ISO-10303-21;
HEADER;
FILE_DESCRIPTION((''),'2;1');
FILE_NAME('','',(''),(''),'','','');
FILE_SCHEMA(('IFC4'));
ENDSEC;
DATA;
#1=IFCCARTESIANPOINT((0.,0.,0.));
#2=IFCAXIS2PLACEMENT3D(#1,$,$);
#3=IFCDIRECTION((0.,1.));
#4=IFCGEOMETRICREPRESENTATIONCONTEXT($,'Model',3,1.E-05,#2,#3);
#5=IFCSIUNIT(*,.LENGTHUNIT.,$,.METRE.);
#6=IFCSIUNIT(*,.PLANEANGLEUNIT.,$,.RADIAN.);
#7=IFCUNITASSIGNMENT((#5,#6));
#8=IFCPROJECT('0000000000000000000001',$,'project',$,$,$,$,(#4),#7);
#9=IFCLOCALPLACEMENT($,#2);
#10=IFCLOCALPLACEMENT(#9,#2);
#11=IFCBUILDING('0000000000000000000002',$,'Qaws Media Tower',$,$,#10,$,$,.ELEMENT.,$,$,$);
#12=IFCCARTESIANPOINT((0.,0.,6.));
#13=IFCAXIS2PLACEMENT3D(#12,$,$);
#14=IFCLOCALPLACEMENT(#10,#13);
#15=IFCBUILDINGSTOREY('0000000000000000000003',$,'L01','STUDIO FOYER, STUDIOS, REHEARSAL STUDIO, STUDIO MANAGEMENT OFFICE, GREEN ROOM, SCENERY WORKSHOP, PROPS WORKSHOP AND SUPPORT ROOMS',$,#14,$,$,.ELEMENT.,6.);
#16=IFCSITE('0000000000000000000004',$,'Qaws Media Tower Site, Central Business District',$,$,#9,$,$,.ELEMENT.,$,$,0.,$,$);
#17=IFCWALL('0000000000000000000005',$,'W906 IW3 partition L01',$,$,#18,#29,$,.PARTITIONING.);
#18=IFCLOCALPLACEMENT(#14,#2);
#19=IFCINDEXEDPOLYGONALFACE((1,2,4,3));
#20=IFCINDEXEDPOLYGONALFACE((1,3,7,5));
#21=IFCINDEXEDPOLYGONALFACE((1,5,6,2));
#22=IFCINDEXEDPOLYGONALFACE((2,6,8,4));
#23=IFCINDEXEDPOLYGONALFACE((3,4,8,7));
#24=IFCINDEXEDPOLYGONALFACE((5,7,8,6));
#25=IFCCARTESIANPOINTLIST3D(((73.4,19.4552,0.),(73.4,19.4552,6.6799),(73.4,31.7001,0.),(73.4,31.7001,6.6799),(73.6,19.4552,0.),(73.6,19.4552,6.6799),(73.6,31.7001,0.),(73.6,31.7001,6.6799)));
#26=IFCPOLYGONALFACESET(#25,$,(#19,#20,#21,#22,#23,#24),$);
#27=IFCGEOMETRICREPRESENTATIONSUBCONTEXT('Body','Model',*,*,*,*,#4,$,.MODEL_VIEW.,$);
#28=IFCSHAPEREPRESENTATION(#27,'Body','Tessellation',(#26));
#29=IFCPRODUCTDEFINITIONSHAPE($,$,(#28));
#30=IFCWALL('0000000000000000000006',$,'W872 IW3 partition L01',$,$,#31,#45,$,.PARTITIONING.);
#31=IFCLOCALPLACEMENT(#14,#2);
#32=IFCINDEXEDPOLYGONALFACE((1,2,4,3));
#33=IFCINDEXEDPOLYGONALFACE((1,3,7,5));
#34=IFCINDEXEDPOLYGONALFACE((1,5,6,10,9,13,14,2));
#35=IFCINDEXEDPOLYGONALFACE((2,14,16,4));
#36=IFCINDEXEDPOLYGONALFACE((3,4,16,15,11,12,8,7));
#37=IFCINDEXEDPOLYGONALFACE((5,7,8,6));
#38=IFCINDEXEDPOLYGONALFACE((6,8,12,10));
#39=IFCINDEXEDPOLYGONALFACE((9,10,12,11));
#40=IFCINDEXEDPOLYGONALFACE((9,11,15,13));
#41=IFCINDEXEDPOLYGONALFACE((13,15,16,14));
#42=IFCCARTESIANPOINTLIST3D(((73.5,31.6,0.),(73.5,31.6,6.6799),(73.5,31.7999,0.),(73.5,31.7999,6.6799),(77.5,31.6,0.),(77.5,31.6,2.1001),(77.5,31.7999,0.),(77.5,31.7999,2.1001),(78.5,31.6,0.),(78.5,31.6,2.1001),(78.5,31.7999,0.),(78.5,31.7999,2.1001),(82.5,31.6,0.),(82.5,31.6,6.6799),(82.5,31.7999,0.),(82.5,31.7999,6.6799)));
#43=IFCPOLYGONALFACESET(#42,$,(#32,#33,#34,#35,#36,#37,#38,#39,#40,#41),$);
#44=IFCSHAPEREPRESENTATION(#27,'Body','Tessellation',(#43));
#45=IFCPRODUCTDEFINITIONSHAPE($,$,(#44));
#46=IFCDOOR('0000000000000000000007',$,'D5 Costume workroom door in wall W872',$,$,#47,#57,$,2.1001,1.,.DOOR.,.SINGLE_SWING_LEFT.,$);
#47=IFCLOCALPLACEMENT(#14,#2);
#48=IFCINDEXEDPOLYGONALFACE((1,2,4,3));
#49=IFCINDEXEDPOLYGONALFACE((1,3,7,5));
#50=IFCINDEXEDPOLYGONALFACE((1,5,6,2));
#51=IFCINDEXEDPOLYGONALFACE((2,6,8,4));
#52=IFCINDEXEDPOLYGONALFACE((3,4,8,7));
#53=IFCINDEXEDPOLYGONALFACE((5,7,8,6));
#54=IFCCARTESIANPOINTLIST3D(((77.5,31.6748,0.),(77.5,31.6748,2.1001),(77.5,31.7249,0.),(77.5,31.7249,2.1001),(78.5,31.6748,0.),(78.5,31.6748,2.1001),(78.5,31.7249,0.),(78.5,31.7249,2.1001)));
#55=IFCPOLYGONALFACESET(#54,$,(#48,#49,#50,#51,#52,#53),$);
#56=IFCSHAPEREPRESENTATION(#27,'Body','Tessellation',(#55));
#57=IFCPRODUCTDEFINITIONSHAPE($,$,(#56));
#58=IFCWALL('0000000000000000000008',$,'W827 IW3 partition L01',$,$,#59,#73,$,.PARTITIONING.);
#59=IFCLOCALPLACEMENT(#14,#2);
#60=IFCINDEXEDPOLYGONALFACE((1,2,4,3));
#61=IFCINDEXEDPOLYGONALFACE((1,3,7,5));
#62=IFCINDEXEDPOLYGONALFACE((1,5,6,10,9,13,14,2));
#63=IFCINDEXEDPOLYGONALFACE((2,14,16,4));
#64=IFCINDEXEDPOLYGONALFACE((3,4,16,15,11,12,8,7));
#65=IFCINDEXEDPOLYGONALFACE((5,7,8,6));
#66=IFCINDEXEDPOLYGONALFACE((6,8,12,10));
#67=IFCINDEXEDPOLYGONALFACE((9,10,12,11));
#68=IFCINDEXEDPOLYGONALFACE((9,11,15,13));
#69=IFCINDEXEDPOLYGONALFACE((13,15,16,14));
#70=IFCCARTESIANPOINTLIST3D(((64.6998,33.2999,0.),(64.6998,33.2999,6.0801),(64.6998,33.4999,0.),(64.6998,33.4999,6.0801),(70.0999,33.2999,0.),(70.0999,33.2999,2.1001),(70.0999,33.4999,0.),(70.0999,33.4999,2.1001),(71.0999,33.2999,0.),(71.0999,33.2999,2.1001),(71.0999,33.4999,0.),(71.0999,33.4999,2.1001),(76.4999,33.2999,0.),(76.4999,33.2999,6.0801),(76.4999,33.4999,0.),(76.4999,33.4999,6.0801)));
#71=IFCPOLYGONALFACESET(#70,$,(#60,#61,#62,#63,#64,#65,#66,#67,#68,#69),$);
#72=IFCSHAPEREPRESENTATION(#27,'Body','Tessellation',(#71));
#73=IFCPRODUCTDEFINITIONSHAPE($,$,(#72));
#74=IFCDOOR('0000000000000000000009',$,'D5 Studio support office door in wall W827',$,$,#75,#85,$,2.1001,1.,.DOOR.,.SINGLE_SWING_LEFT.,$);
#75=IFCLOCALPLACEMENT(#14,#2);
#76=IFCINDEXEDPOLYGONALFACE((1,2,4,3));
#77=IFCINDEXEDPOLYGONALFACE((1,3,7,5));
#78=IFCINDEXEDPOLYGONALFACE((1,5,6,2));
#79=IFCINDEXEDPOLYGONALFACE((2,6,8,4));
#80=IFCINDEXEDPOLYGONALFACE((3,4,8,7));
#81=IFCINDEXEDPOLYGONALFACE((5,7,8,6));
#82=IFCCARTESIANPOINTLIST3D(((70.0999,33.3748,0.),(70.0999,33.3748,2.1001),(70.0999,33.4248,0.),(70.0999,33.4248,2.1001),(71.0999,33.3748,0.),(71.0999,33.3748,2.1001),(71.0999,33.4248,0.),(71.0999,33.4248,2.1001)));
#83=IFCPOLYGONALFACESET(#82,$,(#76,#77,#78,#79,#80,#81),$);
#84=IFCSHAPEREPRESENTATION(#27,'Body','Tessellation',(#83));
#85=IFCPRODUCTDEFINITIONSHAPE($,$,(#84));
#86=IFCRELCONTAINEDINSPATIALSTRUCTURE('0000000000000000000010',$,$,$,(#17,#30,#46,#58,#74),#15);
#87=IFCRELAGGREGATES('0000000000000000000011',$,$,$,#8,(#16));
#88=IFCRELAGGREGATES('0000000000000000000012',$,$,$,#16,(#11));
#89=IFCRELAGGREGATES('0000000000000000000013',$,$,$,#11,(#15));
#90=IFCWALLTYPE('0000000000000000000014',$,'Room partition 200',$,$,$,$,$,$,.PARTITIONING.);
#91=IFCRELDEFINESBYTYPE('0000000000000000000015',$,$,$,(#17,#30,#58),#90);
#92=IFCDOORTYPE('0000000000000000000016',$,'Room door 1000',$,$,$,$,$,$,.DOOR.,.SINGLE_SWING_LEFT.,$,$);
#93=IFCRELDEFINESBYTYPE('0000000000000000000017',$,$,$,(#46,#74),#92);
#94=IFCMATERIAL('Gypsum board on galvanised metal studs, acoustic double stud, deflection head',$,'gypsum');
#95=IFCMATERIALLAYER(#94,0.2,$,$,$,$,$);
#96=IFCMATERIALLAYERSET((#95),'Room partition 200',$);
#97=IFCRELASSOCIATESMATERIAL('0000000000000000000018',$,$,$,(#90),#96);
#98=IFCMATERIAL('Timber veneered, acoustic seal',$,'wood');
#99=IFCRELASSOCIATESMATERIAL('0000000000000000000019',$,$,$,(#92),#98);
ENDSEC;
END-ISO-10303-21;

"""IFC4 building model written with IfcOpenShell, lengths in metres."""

from ifc_helpers import new_model, si_unit, direction, frame, frame_2d, origin, place, context, subcontext, project, spatial, rectangle, extrude, material, layer, layer_set, type_object, element, fill, save


model = new_model("IFC4")

# Units and contexts
model_context = context("Model", 3, precision=1e-05, world=origin(), true_north=direction((0.0, 1.0)))
body_context = subcontext(model_context, "Body", "Model", "MODEL_VIEW")
ifc_project = project(units=[si_unit("LENGTHUNIT", "METRE"), si_unit("PLANEANGLEUNIT", "RADIAN")], contexts=[model_context])

# Site, building, storey
site_placement = place(None, origin())
site = spatial("IfcSite", under=ifc_project, at=site_placement, Name="Qaws Media Tower Site, Central Business District", CompositionType="ELEMENT", RefElevation=0.0)
building_placement = place(site_placement, origin())
building = spatial("IfcBuilding", under=site, at=building_placement, Name="Qaws Media Tower", CompositionType="ELEMENT")
storey_placement = place(building_placement, frame((0.0, 0.0, 6.0)))
storey = spatial("IfcBuildingStorey", under=building, at=storey_placement, Name="L01", Description="STUDIO FOYER, STUDIOS, REHEARSAL STUDIO, STUDIO MANAGEMENT OFFICE, GREEN ROOM, SCENERY WORKSHOP, PROPS WORKSHOP AND SUPPORT ROOMS", CompositionType="ELEMENT", Elevation=6.0)

# Wall
ifc_material_1 = material(Name="Gypsum board on galvanised metal studs, acoustic double stud, deflection head", Category="gypsum")
ifc_layer = layer(ifc_material_1, 0.2)
ifc_layer_set = layer_set([ifc_layer], Name="Room partition 200")
wall_type = type_object("IfcWallType", Name="Room partition 200", PredefinedType="PARTITIONING", material=ifc_layer_set)
wall_1_placement = place(storey_placement, frame((73.5, 19.4551, 0.0), z_axis=(0.0, 0.0, 1.0), x_axis=(0.0, 1.0, 0.0)))
element("IfcWall", 1, at=wall_1_placement, inside=storey, type_object=wall_type, Name="W906 IW3 partition L01", PredefinedType="PARTITIONING", context=body_context, shape_type="SweptSolid", body=[
    extrude(rectangle(XDim=12.2449, YDim=0.2, at=frame_2d((6.1226, 0.0))), origin(), (0.0, 0.0, 1.0), 6.6799),
])

# Walls, openings, doors
wall_2_placement = place(storey_placement, frame((73.5, 31.7, 0.0), z_axis=(0.0, 0.0, 1.0), x_axis=(1.0, 0.0, 0.0)))
wall_2 = element("IfcWall", 2, at=wall_2_placement, inside=storey, type_object=wall_type, Name="W872 IW3 partition L01", PredefinedType="PARTITIONING", context=body_context, shape_type="SweptSolid", body=[
    extrude(rectangle(XDim=9.0, YDim=0.2, at=frame_2d((4.5, 0.0))), origin(), (0.0, 0.0, 1.0), 6.6799),
])
opening_1_placement = place(wall_2_placement, frame((4.0, 0.0, 0.0)))
opening_1 = element("IfcOpeningElement", 3, at=opening_1_placement, cuts=wall_2, PredefinedType="OPENING", context=body_context, shape_type="SweptSolid", body=[
    extrude(rectangle(XDim=1.0, YDim=2.1001, at=frame_2d((0.5, 1.05))), frame((0.0, 0.1099, 0.0), z_axis=(0.0, -1.0, 0.0), x_axis=(1.0, 0.0, 0.0)), (0.0, 0.0, 1.0), 0.22),
])
ifc_material_2 = material(Name="Timber veneered, acoustic seal", Category="wood")
door_type = type_object("IfcDoorType", Name="Room door 1000", OperationType="SINGLE_SWING_LEFT", PredefinedType="DOOR", material=ifc_material_2)
door_1_placement = place(opening_1_placement, origin())
door_1 = element("IfcDoor", 4, at=door_1_placement, inside=storey, type_object=door_type, Name="D5 Costume workroom door in wall W872", OperationType="SINGLE_SWING_LEFT", OverallHeight=2.1001, OverallWidth=1.0, PredefinedType="DOOR", context=body_context, shape_type="SweptSolid", body=[
    extrude(rectangle(XDim=1.0, YDim=2.1001, at=frame_2d((0.5, 1.05))), frame((0.0, 0.0249, 0.0), z_axis=(0.0, -1.0, 0.0), x_axis=(1.0, 0.0, 0.0)), (0.0, 0.0, 1.0), 0.05),
])
fill(opening_1, door_1)
wall_3_placement = place(storey_placement, frame((64.7, 33.3999, 0.0), z_axis=(0.0, 0.0, 1.0), x_axis=(1.0, 0.0, 0.0)))
wall_3 = element("IfcWall", 5, at=wall_3_placement, inside=storey, type_object=wall_type, Name="W827 IW3 partition L01", PredefinedType="PARTITIONING", context=body_context, shape_type="SweptSolid", body=[
    extrude(rectangle(XDim=11.8, YDim=0.2, at=frame_2d((5.8999, 0.0))), origin(), (0.0, 0.0, 1.0), 6.0801),
])
opening_2_placement = place(wall_3_placement, frame((5.3999, 0.0, 0.0)))
opening_2 = element("IfcOpeningElement", 6, at=opening_2_placement, cuts=wall_3, PredefinedType="OPENING", context=body_context, shape_type="SweptSolid", body=[
    extrude(rectangle(XDim=1.0, YDim=2.1001, at=frame_2d((0.5, 1.05))), frame((0.0, 0.1099, 0.0), z_axis=(0.0, -1.0, 0.0), x_axis=(1.0, 0.0, 0.0)), (0.0, 0.0, 1.0), 0.22),
])
door_2_placement = place(opening_2_placement, origin())
door_2 = element("IfcDoor", 7, at=door_2_placement, inside=storey, type_object=door_type, Name="D5 Studio support office door in wall W827", OperationType="SINGLE_SWING_LEFT", OverallHeight=2.1001, OverallWidth=1.0, PredefinedType="DOOR", context=body_context, shape_type="SweptSolid", body=[
    extrude(rectangle(XDim=1.0, YDim=2.1001, at=frame_2d((0.5, 1.05))), frame((0.0, 0.0249, 0.0), z_axis=(0.0, -1.0, 0.0), x_axis=(1.0, 0.0, 0.0)), (0.0, 0.0, 1.0), 0.05),
])
fill(opening_2, door_2)

save(model, "model.ifc")
